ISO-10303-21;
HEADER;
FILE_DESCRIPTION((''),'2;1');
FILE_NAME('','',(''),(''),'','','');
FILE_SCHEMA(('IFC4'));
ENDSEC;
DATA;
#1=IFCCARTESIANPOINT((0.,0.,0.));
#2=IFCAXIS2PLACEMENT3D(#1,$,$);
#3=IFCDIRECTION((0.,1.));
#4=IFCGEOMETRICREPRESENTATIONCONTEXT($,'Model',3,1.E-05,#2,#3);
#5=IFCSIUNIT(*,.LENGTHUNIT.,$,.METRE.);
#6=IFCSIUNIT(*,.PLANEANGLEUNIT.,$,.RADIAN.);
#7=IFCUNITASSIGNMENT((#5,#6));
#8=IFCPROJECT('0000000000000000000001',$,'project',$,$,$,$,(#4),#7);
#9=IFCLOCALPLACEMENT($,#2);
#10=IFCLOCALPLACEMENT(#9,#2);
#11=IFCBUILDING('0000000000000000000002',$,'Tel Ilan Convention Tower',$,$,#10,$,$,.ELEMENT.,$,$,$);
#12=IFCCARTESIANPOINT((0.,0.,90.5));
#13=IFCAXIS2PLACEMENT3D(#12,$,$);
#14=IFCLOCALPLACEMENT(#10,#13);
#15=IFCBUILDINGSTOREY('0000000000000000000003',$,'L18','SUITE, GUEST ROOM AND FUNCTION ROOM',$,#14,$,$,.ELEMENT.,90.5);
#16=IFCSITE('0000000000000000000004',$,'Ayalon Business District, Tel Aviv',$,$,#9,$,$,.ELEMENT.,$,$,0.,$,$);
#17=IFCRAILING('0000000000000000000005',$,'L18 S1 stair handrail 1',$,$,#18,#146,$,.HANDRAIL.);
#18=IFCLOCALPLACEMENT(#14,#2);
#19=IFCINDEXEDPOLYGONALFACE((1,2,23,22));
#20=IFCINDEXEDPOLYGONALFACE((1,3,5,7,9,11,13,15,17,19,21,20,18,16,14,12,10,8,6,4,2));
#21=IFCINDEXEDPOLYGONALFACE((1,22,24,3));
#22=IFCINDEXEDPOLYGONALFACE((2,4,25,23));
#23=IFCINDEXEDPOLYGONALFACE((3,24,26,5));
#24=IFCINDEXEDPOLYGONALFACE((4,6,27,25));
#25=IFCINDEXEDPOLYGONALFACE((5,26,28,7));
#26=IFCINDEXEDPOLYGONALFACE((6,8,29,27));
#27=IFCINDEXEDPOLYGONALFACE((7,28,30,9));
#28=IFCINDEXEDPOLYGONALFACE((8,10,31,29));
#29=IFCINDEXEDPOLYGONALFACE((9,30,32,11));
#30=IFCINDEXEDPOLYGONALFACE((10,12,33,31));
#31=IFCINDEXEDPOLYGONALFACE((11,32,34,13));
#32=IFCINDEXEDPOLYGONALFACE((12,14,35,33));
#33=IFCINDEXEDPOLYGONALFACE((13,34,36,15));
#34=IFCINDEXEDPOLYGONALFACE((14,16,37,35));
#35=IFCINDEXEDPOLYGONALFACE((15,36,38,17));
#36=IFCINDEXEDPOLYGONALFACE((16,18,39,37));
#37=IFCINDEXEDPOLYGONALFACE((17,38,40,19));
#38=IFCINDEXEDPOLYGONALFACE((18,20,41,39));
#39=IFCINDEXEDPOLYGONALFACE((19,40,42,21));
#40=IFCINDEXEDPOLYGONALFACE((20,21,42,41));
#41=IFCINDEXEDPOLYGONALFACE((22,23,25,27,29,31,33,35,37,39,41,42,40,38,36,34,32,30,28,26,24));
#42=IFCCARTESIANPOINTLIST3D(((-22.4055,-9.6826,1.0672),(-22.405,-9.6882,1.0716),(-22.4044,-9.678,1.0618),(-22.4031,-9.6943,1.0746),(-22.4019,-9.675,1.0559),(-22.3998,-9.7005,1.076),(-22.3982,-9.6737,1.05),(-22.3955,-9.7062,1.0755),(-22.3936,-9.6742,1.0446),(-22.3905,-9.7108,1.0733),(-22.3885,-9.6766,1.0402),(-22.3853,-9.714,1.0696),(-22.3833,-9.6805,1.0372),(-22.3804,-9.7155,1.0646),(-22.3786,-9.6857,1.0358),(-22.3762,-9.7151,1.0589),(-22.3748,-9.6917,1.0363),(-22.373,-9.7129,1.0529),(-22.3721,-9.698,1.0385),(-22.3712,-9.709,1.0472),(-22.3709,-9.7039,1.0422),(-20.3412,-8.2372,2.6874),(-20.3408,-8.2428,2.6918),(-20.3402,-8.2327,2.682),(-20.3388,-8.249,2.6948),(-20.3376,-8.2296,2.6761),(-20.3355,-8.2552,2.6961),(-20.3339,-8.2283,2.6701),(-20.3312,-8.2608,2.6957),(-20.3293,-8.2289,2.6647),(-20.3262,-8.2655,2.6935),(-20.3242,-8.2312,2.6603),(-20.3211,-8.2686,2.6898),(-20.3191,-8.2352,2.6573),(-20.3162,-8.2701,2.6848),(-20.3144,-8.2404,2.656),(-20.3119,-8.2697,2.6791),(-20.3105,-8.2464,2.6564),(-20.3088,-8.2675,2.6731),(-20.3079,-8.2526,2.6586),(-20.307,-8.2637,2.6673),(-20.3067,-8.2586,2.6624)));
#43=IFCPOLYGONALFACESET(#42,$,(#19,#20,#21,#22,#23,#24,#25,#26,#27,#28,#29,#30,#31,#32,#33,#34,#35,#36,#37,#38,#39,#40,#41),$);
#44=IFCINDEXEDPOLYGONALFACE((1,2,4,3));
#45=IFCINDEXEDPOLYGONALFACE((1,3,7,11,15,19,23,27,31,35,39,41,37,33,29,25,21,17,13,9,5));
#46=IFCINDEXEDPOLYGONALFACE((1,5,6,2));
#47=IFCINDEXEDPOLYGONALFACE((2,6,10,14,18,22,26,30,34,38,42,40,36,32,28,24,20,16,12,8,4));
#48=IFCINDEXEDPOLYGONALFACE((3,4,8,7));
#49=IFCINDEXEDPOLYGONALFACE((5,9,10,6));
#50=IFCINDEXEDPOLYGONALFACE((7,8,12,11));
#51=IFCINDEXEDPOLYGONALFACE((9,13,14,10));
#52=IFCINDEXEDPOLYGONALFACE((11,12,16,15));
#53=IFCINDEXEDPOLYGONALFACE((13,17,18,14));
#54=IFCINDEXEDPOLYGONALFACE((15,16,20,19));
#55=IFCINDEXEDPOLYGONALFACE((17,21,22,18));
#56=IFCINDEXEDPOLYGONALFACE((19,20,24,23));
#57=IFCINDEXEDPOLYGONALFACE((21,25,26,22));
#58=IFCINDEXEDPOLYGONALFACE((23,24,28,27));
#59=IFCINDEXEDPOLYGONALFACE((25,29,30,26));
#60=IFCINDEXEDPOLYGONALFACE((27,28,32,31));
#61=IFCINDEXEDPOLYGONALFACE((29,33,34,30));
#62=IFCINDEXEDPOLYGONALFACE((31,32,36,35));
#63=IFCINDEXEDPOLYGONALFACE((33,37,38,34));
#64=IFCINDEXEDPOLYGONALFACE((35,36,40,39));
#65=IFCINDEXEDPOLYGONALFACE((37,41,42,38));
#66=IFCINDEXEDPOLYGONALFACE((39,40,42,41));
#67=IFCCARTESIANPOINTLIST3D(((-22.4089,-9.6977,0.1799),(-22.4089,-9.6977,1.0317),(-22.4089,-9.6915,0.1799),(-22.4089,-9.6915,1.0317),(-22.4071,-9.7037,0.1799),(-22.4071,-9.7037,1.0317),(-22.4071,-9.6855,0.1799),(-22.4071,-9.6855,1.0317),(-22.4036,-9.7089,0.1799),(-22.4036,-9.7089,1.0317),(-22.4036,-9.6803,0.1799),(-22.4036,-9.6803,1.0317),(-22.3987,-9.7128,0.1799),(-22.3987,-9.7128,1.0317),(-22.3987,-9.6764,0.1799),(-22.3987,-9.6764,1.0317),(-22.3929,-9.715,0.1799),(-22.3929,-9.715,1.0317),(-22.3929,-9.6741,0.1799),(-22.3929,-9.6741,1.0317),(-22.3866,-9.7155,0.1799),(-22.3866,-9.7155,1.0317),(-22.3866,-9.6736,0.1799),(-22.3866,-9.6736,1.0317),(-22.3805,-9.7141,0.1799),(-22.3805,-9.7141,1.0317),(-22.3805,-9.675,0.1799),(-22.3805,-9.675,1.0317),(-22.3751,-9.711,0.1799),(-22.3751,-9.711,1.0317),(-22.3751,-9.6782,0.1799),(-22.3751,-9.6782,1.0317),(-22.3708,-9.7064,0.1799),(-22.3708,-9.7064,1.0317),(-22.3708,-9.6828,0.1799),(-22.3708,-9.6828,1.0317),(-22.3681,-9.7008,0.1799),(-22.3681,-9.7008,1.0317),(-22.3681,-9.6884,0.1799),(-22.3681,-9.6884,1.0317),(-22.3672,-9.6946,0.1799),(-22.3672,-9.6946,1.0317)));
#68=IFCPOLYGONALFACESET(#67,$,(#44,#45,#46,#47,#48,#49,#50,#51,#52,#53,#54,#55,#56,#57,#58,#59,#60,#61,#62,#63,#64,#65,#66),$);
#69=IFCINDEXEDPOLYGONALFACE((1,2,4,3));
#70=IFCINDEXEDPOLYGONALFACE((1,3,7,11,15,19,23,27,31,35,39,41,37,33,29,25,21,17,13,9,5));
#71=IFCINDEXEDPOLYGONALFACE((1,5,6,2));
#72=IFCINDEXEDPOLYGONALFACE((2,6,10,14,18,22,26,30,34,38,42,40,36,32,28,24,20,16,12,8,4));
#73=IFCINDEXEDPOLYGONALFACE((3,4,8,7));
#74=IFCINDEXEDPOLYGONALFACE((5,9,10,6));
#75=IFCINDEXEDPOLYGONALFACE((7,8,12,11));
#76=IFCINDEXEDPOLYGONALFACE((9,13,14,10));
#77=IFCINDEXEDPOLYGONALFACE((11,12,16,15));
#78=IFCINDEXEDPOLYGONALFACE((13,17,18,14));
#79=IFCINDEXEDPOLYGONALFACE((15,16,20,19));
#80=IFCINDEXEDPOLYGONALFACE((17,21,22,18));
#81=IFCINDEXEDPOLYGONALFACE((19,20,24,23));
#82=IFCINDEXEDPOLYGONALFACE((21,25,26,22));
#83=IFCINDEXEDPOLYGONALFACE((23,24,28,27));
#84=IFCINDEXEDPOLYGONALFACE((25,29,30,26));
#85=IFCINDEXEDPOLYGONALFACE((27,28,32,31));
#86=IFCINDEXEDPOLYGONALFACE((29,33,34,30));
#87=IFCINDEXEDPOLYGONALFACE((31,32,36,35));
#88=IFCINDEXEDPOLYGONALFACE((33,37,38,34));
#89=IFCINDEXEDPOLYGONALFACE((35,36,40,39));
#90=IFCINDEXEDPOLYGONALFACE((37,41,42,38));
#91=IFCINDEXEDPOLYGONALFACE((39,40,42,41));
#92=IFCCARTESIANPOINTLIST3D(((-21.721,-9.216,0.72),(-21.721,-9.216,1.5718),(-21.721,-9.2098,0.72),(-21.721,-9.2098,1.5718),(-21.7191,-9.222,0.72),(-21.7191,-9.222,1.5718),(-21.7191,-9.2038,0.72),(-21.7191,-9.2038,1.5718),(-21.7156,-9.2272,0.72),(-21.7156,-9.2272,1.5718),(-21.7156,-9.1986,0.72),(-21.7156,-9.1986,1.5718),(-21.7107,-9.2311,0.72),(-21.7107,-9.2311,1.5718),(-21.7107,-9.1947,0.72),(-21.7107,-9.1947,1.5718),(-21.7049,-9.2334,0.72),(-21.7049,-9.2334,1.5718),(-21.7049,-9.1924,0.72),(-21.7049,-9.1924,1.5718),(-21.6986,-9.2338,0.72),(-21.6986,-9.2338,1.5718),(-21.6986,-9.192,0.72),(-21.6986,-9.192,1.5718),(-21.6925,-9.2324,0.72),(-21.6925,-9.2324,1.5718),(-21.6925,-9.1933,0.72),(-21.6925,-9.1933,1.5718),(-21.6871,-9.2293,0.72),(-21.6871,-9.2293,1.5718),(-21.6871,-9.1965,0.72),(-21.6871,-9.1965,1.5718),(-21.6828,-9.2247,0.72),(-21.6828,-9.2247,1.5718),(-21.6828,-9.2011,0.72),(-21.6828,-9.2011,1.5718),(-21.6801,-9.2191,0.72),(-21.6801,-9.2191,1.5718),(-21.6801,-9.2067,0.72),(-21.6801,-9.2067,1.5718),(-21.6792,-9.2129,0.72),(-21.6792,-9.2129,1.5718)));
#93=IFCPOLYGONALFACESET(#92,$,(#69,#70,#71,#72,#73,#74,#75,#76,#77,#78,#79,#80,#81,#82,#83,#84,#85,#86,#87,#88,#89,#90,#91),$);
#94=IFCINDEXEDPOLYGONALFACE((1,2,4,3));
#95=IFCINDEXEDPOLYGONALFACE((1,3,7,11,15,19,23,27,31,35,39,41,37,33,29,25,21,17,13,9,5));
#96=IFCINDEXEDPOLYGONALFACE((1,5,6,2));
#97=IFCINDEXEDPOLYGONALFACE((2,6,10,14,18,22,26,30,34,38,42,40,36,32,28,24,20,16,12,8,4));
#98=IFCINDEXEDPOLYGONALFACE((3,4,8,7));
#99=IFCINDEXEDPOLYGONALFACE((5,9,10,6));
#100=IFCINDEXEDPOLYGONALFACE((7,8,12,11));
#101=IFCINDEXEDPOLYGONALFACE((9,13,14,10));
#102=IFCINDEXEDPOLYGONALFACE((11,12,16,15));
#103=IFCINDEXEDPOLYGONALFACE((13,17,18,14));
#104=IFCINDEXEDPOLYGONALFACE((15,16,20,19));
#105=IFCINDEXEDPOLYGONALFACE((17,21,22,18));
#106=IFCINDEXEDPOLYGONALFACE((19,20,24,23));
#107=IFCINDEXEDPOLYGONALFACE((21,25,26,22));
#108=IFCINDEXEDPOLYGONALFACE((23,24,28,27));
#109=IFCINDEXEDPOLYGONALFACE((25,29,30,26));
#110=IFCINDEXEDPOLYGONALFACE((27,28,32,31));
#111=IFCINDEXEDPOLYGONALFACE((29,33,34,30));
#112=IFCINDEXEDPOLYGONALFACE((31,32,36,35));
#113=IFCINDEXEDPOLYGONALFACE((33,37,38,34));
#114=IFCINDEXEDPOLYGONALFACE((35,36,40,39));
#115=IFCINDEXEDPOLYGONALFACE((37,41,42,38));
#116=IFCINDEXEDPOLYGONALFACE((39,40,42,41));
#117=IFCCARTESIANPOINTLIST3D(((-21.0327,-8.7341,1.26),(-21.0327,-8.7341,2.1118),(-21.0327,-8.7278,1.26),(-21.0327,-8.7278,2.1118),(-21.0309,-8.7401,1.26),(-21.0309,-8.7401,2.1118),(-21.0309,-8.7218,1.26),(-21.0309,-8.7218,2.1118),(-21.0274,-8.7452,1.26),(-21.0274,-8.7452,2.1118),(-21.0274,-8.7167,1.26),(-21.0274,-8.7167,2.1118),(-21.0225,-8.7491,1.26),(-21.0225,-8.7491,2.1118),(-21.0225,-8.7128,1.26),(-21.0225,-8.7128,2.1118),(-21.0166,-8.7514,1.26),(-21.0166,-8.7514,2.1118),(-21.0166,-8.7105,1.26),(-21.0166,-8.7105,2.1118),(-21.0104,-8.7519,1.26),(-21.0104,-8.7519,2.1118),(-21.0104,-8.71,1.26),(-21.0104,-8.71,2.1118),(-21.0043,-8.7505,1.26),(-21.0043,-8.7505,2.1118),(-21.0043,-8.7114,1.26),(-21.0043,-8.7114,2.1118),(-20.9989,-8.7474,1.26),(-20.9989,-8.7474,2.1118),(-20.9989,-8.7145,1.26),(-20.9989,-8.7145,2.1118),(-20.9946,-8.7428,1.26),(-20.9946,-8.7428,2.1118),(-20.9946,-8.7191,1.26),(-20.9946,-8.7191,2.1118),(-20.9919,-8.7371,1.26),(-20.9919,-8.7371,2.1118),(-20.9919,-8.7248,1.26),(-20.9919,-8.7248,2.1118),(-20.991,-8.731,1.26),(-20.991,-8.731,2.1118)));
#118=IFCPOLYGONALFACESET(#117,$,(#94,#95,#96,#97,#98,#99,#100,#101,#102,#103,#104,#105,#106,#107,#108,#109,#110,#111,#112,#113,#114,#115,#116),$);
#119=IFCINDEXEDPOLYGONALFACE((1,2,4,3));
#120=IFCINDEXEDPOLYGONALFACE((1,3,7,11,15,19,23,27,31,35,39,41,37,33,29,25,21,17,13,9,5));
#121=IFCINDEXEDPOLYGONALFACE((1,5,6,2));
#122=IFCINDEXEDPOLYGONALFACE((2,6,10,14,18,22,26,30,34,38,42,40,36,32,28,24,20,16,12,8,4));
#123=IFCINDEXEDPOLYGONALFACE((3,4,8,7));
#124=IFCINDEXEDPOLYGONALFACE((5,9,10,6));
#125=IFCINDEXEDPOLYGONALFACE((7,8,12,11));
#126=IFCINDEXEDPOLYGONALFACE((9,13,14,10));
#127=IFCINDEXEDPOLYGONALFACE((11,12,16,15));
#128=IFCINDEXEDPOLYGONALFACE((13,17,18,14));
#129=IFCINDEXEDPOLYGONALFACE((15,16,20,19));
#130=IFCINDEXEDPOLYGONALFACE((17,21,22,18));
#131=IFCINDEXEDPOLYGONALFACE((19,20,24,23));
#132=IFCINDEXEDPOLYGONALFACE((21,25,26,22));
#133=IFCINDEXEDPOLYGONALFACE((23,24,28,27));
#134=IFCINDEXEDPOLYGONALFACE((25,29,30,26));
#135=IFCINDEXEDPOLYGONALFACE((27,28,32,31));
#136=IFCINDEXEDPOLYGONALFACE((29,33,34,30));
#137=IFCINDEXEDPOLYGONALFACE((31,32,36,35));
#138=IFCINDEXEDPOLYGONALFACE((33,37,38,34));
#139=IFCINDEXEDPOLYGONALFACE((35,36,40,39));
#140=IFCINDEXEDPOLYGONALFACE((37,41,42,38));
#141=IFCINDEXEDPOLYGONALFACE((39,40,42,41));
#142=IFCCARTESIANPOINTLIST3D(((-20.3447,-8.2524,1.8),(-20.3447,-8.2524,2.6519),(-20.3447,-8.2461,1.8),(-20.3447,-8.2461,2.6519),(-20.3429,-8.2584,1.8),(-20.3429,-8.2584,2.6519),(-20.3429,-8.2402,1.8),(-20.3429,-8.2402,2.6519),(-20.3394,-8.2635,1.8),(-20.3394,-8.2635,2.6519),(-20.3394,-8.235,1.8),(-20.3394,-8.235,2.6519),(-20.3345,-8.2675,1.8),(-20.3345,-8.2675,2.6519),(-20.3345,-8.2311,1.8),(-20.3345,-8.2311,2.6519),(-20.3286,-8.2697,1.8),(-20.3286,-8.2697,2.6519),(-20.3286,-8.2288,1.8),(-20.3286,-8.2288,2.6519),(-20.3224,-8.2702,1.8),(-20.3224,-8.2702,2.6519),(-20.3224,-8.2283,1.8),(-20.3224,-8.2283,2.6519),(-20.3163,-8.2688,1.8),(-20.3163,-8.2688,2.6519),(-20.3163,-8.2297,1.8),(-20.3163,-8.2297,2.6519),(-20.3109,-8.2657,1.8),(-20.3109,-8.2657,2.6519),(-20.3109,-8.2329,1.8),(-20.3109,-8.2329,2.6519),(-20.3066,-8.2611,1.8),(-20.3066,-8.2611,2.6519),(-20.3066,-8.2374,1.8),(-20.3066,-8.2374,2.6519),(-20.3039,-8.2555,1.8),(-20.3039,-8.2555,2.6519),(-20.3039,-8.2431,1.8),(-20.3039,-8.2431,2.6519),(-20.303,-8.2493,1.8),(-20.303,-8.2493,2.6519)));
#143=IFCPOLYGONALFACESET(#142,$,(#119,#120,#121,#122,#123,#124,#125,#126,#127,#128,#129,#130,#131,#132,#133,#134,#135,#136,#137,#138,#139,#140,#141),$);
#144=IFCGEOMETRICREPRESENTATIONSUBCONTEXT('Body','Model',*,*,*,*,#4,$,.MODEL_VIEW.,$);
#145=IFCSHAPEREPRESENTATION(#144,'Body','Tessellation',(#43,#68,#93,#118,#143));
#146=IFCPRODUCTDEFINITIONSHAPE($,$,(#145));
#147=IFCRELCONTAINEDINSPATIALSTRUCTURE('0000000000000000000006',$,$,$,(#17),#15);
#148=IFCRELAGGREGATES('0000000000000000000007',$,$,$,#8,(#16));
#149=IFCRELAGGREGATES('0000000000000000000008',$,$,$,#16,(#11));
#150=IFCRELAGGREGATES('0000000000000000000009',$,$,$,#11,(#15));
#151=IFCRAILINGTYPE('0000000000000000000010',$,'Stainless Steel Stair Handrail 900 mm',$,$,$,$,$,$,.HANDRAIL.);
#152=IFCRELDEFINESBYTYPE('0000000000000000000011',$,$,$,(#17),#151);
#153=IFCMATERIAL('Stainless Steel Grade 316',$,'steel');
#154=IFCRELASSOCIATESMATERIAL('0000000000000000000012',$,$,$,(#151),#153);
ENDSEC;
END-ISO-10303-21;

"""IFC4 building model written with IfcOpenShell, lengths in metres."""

from ifc_helpers import new_model, si_unit, direction, frame, origin, origin_2d, place, context, subcontext, project, spatial, circle, extrude, material, type_object, element, save


model = new_model("IFC4")

# Units and contexts
model_context = context("Model", 3, precision=1e-05, world=origin(), true_north=direction((0.0, 1.0)))
body_context = subcontext(model_context, "Body", "Model", "MODEL_VIEW")
ifc_project = project(units=[si_unit("LENGTHUNIT", "METRE"), si_unit("PLANEANGLEUNIT", "RADIAN")], contexts=[model_context])

# Site, building, storey
site_placement = place(None, origin())
site = spatial("IfcSite", under=ifc_project, at=site_placement, Name="Ayalon Business District, Tel Aviv", CompositionType="ELEMENT", RefElevation=0.0)
building_placement = place(site_placement, origin())
building = spatial("IfcBuilding", under=site, at=building_placement, Name="Tel Ilan Convention Tower", CompositionType="ELEMENT")
storey_placement = place(building_placement, frame((0.0, 0.0, 90.5)))
storey = spatial("IfcBuildingStorey", under=building, at=storey_placement, Name="L18", Description="SUITE, GUEST ROOM AND FUNCTION ROOM", CompositionType="ELEMENT", Elevation=90.5)

# Railing
ifc_material_1 = material(Name="Stainless Steel Grade 316", Category="steel")
railing_type_1 = type_object("IfcRailingType", Name="Stainless Steel Stair Handrail 900 mm", PredefinedType="HANDRAIL", material=ifc_material_1)
railing_1_placement = place(storey_placement, frame((-22.3882, -9.6946, 0.1799)))
element("IfcRailing", 1, at=railing_1_placement, inside=storey, type_object=railing_type_1, Name="L18 S1 stair handrail 1", PredefinedType="HANDRAIL", context=body_context, shape_type="SweptSolid", body=[
    extrude(circle(Radius=0.0239, at=origin_2d()), frame((0.0, 0.0, 0.876), z_axis=(0.68904, 0.48245, 0.540801), x_axis=(-0.57356, 0.819164, 0.0)), (0.0, 0.0, 1.0), 2.9958),
    extrude(circle(Radius=0.021, at=origin_2d()), origin(), (0.0, 0.0, 1.0), 0.8518),
    extrude(circle(Radius=0.021, at=origin_2d()), frame((0.688, 0.4817, 0.54)), (0.0, 0.0, 1.0), 0.8518),
    extrude(circle(Radius=0.021, at=origin_2d()), frame((1.3762, 0.9636, 1.0801)), (0.0, 0.0, 1.0), 0.8518),
    extrude(circle(Radius=0.021, at=origin_2d()), frame((2.0642, 1.4453, 1.6201)), (0.0, 0.0, 1.0), 0.8518),
])

save(model, "model.ifc")
